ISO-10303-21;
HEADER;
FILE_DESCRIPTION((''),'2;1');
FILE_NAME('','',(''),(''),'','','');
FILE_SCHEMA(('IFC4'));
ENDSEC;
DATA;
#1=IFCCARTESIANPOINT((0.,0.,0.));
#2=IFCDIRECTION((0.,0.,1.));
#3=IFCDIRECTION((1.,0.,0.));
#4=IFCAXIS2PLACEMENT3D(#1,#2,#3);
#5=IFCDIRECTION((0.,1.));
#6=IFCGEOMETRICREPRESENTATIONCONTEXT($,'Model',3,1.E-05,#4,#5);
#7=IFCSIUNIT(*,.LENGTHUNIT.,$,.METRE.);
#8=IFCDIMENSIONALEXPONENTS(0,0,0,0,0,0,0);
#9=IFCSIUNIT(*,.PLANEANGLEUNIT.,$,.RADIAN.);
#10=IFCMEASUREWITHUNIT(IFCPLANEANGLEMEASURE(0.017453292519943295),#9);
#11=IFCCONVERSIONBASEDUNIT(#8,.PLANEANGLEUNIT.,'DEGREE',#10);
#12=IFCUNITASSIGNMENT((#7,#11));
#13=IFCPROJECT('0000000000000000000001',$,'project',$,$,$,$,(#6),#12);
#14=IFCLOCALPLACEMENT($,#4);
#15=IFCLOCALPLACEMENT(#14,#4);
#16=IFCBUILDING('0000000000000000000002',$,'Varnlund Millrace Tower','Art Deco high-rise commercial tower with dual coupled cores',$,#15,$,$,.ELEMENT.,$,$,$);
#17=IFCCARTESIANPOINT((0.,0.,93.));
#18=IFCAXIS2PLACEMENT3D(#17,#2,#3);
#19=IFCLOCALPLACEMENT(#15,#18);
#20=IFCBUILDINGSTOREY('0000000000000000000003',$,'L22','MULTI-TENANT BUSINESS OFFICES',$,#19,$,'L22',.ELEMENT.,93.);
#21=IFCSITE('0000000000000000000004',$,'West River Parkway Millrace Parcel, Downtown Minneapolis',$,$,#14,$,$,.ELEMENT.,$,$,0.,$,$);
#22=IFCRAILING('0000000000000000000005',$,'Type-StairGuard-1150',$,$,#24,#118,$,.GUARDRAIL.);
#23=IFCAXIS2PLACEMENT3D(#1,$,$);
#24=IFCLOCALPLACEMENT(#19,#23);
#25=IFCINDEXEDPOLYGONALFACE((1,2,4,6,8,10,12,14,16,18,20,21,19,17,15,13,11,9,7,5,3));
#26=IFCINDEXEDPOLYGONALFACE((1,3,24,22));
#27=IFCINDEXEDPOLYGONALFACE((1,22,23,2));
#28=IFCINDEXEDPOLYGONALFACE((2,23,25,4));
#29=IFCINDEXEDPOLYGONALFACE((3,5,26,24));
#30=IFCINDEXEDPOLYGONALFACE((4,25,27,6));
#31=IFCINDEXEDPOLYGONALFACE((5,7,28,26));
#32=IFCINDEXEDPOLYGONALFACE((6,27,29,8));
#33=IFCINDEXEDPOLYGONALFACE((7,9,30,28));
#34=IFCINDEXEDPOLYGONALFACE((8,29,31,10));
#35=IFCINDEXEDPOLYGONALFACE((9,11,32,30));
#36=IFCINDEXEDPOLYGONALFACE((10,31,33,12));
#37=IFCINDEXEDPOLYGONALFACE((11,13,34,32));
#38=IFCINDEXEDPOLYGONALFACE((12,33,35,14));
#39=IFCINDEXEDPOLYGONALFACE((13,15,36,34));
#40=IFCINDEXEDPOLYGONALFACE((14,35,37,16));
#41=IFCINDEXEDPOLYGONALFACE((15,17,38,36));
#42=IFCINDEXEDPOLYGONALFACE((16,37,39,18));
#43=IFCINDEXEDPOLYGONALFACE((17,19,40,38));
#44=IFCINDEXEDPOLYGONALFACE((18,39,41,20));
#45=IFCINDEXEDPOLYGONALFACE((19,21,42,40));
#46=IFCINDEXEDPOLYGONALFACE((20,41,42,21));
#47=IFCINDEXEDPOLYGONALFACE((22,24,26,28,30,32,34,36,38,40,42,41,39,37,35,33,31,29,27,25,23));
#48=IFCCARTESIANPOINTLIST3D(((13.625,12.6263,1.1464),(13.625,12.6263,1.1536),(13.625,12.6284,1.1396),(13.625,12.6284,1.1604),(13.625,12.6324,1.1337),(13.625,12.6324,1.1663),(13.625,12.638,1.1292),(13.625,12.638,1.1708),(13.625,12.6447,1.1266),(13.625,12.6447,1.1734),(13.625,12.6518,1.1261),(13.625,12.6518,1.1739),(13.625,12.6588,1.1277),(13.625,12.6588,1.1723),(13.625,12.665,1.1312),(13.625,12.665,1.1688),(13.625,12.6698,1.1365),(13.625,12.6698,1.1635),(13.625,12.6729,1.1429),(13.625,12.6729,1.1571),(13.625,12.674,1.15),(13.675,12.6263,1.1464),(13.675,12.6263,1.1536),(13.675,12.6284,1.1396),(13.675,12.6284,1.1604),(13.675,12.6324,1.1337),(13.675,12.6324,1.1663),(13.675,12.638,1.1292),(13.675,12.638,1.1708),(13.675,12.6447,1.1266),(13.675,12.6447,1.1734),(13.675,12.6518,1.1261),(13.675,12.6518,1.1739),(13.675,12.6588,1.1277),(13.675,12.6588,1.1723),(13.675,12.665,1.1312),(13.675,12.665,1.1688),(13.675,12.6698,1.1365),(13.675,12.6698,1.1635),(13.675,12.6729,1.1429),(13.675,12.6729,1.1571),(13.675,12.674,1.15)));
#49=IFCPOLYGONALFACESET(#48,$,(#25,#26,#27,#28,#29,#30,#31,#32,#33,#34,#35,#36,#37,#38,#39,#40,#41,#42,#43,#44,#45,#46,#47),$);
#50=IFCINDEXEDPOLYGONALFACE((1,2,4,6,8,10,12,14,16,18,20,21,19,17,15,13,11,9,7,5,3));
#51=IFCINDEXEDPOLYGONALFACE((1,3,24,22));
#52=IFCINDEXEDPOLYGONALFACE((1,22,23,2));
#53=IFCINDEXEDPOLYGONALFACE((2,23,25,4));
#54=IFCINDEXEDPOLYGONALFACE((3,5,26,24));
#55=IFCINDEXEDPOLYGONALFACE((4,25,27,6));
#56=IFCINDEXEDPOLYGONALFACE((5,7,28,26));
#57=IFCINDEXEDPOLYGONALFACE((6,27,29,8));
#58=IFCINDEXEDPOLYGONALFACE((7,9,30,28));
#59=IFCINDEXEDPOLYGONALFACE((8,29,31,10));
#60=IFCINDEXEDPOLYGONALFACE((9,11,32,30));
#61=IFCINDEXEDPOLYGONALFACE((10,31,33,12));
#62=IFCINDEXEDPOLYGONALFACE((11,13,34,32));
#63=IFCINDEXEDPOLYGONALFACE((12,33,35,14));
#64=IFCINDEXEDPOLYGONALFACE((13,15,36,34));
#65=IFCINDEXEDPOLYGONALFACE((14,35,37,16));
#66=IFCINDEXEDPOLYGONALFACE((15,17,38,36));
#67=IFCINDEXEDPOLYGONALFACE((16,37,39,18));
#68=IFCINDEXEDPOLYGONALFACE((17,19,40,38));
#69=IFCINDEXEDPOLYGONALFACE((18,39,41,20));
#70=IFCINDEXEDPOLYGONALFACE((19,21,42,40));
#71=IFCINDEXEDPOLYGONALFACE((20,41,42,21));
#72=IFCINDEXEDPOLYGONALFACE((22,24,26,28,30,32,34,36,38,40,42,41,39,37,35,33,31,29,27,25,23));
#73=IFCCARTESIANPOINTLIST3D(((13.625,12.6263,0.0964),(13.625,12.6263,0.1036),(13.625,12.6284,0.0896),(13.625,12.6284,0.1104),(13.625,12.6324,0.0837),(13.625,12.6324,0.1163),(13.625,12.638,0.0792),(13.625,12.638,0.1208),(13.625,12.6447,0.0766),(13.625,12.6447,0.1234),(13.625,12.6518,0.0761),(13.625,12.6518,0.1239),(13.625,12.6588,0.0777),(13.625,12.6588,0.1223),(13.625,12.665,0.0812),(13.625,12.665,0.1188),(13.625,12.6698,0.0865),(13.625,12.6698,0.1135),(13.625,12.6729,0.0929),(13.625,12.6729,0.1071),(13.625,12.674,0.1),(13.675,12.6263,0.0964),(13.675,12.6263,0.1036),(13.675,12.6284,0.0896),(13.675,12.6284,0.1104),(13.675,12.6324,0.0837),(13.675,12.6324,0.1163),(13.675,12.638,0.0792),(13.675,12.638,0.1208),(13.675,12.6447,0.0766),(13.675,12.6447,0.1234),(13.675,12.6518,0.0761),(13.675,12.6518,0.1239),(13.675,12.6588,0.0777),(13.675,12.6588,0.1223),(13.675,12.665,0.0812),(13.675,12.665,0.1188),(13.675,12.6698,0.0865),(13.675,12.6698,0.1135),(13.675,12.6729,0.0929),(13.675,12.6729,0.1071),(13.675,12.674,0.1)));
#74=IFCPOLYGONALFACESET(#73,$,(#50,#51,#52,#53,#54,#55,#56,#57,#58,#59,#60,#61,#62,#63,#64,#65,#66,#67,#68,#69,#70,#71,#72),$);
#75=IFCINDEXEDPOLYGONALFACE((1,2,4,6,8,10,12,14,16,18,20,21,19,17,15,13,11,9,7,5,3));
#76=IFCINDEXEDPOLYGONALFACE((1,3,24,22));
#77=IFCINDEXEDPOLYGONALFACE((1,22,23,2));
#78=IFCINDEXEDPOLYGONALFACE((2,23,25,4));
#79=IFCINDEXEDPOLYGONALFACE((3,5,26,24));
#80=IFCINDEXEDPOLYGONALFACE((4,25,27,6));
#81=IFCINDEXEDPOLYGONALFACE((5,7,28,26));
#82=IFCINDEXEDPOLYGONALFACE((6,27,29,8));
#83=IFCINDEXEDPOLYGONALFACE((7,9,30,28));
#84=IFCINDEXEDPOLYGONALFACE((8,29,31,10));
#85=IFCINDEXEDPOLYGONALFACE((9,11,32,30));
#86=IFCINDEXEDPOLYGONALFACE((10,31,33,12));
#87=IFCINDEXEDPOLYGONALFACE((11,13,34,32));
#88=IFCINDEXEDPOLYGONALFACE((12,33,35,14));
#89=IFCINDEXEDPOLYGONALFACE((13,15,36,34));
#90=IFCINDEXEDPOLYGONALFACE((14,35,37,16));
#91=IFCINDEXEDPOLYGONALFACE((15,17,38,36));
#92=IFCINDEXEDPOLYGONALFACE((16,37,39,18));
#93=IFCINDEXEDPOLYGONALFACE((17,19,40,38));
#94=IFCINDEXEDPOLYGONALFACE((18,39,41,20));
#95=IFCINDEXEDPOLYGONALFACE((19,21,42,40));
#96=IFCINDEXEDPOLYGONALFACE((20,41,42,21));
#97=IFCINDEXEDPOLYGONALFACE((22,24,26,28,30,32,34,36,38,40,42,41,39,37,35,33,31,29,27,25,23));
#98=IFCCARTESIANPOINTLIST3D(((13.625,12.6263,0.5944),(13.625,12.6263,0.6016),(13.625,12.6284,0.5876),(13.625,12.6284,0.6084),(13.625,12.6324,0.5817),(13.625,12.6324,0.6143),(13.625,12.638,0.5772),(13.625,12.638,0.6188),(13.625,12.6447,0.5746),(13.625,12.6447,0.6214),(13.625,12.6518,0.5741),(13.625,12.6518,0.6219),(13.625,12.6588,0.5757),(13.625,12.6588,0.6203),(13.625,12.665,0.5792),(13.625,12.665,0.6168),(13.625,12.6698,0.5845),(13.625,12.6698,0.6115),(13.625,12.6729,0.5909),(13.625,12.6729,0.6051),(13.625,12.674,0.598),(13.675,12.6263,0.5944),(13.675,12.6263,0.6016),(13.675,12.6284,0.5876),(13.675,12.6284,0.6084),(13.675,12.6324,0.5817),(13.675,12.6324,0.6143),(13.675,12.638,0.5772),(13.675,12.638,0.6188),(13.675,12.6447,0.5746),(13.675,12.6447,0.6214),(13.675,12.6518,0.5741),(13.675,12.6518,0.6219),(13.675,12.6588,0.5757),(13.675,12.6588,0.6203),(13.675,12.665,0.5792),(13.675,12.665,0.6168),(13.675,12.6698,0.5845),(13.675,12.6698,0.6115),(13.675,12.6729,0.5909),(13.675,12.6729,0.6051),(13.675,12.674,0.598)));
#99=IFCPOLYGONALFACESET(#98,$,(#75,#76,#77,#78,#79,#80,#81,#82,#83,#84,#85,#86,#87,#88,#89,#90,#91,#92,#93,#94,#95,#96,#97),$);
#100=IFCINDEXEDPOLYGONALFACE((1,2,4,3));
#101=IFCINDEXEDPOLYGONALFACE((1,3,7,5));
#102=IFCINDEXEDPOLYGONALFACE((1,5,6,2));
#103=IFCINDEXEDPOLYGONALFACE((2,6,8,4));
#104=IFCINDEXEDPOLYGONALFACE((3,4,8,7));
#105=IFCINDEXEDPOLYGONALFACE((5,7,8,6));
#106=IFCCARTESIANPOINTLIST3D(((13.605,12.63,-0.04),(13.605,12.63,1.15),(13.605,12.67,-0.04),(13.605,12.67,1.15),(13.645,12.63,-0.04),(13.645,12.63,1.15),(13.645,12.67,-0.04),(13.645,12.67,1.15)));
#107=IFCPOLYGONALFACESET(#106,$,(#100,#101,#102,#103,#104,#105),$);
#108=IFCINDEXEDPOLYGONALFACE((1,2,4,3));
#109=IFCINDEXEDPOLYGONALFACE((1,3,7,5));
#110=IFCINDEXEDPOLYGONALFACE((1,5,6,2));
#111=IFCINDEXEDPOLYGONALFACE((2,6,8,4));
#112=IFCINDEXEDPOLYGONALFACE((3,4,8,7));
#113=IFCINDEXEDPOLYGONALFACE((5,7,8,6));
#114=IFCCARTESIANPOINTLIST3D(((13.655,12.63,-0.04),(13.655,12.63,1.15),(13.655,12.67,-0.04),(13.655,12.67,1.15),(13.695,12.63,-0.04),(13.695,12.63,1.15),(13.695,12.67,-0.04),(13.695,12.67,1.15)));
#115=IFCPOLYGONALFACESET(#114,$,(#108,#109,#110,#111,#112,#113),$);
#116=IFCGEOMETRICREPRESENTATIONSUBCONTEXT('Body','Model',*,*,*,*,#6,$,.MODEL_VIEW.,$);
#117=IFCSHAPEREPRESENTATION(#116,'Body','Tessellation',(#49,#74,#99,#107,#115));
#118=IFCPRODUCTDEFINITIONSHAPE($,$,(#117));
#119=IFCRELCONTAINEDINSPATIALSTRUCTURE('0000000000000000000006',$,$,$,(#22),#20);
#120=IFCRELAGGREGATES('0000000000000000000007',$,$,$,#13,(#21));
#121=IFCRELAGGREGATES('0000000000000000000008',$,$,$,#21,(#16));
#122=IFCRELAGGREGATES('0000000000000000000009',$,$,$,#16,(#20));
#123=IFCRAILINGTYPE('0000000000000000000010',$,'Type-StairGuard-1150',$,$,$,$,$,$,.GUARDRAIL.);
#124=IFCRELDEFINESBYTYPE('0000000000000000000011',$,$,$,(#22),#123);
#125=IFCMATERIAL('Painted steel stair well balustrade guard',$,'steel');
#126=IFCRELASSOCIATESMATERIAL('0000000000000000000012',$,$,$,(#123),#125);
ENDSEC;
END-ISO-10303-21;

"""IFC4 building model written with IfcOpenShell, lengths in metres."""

from ifc_helpers import new_model, entity, si_unit, converted_unit, direction, frame, origin_with_axes, origin_2d_with_axis, place, context, subcontext, project, spatial, rectangle, circle, extrude, material, type_object, element, save


model = new_model("IFC4")

# Units and contexts
model_context = context("Model", 3, precision=1e-05, world=origin_with_axes(), true_north=direction((0.0, 1.0)))
body_context = subcontext(model_context, "Body", "Model", "MODEL_VIEW")
ifc_project = project(units=[si_unit("LENGTHUNIT", "METRE"), converted_unit("PLANEANGLEUNIT", "DEGREE", entity("IfcPlaneAngleMeasure", 0.017453292519943295), si_unit("PLANEANGLEUNIT", "RADIAN"), dimensions=[0, 0, 0, 0, 0, 0, 0])], contexts=[model_context])

# Site, building, storey
site_placement = place(None, origin_with_axes())
site = spatial("IfcSite", under=ifc_project, at=site_placement, Name="West River Parkway Millrace Parcel, Downtown Minneapolis", CompositionType="ELEMENT", RefElevation=0.0)
building_placement = place(site_placement, origin_with_axes())
building = spatial("IfcBuilding", under=site, at=building_placement, Name="Varnlund Millrace Tower", Description="Art Deco high-rise commercial tower with dual coupled cores", CompositionType="ELEMENT")
storey_placement = place(building_placement, frame((0.0, 0.0, 93.0), z_axis=(0.0, 0.0, 1.0), x_axis=(1.0, 0.0, 0.0)))
storey = spatial("IfcBuildingStorey", under=building, at=storey_placement, Name="L22", Description="MULTI-TENANT BUSINESS OFFICES", LongName="L22", CompositionType="ELEMENT", Elevation=93.0)

# Railing
ifc_material_1 = material(Name="Painted steel stair well balustrade guard", Category="steel")
railing_type_1 = type_object("IfcRailingType", Name="Type-StairGuard-1150", PredefinedType="GUARDRAIL", material=ifc_material_1)
railing_1_placement = place(storey_placement, frame((0.0, 0.0, -93.0), z_axis=(0.0, 0.0, 1.0), x_axis=(1.0, 0.0, 0.0)))
element("IfcRailing", 1, at=railing_1_placement, inside=storey, type_object=railing_type_1, Name="Type-StairGuard-1150", PredefinedType="GUARDRAIL", context=body_context, shape_type="SweptSolid", body=[
    extrude(circle(Radius=0.024, at=origin_2d_with_axis()), frame((13.625, 12.65, 94.15), z_axis=(1.0, 0.0, 0.0), x_axis=(0.0, 1.0, 0.0)), (0.0, 0.0, 1.0), 0.05),
    extrude(circle(Radius=0.024, at=origin_2d_with_axis()), frame((13.625, 12.65, 93.1), z_axis=(1.0, 0.0, 0.0), x_axis=(0.0, 1.0, 0.0)), (0.0, 0.0, 1.0), 0.05),
    extrude(circle(Radius=0.024, at=origin_2d_with_axis()), frame((13.625, 12.65, 93.598), z_axis=(1.0, 0.0, 0.0), x_axis=(0.0, 1.0, 0.0)), (0.0, 0.0, 1.0), 0.05),
    extrude(rectangle(XDim=0.04, YDim=0.04, at=origin_2d_with_axis()), frame((13.625, 12.65, 92.96), z_axis=(0.0, 0.0, 1.0), x_axis=(1.0, 0.0, 0.0)), (0.0, 0.0, 1.0), 1.19),
    extrude(rectangle(XDim=0.04, YDim=0.04, at=origin_2d_with_axis()), frame((13.675, 12.65, 92.96), z_axis=(0.0, 0.0, 1.0), x_axis=(1.0, 0.0, 0.0)), (0.0, 0.0, 1.0), 1.19),
])

save(model, "model.ifc")
